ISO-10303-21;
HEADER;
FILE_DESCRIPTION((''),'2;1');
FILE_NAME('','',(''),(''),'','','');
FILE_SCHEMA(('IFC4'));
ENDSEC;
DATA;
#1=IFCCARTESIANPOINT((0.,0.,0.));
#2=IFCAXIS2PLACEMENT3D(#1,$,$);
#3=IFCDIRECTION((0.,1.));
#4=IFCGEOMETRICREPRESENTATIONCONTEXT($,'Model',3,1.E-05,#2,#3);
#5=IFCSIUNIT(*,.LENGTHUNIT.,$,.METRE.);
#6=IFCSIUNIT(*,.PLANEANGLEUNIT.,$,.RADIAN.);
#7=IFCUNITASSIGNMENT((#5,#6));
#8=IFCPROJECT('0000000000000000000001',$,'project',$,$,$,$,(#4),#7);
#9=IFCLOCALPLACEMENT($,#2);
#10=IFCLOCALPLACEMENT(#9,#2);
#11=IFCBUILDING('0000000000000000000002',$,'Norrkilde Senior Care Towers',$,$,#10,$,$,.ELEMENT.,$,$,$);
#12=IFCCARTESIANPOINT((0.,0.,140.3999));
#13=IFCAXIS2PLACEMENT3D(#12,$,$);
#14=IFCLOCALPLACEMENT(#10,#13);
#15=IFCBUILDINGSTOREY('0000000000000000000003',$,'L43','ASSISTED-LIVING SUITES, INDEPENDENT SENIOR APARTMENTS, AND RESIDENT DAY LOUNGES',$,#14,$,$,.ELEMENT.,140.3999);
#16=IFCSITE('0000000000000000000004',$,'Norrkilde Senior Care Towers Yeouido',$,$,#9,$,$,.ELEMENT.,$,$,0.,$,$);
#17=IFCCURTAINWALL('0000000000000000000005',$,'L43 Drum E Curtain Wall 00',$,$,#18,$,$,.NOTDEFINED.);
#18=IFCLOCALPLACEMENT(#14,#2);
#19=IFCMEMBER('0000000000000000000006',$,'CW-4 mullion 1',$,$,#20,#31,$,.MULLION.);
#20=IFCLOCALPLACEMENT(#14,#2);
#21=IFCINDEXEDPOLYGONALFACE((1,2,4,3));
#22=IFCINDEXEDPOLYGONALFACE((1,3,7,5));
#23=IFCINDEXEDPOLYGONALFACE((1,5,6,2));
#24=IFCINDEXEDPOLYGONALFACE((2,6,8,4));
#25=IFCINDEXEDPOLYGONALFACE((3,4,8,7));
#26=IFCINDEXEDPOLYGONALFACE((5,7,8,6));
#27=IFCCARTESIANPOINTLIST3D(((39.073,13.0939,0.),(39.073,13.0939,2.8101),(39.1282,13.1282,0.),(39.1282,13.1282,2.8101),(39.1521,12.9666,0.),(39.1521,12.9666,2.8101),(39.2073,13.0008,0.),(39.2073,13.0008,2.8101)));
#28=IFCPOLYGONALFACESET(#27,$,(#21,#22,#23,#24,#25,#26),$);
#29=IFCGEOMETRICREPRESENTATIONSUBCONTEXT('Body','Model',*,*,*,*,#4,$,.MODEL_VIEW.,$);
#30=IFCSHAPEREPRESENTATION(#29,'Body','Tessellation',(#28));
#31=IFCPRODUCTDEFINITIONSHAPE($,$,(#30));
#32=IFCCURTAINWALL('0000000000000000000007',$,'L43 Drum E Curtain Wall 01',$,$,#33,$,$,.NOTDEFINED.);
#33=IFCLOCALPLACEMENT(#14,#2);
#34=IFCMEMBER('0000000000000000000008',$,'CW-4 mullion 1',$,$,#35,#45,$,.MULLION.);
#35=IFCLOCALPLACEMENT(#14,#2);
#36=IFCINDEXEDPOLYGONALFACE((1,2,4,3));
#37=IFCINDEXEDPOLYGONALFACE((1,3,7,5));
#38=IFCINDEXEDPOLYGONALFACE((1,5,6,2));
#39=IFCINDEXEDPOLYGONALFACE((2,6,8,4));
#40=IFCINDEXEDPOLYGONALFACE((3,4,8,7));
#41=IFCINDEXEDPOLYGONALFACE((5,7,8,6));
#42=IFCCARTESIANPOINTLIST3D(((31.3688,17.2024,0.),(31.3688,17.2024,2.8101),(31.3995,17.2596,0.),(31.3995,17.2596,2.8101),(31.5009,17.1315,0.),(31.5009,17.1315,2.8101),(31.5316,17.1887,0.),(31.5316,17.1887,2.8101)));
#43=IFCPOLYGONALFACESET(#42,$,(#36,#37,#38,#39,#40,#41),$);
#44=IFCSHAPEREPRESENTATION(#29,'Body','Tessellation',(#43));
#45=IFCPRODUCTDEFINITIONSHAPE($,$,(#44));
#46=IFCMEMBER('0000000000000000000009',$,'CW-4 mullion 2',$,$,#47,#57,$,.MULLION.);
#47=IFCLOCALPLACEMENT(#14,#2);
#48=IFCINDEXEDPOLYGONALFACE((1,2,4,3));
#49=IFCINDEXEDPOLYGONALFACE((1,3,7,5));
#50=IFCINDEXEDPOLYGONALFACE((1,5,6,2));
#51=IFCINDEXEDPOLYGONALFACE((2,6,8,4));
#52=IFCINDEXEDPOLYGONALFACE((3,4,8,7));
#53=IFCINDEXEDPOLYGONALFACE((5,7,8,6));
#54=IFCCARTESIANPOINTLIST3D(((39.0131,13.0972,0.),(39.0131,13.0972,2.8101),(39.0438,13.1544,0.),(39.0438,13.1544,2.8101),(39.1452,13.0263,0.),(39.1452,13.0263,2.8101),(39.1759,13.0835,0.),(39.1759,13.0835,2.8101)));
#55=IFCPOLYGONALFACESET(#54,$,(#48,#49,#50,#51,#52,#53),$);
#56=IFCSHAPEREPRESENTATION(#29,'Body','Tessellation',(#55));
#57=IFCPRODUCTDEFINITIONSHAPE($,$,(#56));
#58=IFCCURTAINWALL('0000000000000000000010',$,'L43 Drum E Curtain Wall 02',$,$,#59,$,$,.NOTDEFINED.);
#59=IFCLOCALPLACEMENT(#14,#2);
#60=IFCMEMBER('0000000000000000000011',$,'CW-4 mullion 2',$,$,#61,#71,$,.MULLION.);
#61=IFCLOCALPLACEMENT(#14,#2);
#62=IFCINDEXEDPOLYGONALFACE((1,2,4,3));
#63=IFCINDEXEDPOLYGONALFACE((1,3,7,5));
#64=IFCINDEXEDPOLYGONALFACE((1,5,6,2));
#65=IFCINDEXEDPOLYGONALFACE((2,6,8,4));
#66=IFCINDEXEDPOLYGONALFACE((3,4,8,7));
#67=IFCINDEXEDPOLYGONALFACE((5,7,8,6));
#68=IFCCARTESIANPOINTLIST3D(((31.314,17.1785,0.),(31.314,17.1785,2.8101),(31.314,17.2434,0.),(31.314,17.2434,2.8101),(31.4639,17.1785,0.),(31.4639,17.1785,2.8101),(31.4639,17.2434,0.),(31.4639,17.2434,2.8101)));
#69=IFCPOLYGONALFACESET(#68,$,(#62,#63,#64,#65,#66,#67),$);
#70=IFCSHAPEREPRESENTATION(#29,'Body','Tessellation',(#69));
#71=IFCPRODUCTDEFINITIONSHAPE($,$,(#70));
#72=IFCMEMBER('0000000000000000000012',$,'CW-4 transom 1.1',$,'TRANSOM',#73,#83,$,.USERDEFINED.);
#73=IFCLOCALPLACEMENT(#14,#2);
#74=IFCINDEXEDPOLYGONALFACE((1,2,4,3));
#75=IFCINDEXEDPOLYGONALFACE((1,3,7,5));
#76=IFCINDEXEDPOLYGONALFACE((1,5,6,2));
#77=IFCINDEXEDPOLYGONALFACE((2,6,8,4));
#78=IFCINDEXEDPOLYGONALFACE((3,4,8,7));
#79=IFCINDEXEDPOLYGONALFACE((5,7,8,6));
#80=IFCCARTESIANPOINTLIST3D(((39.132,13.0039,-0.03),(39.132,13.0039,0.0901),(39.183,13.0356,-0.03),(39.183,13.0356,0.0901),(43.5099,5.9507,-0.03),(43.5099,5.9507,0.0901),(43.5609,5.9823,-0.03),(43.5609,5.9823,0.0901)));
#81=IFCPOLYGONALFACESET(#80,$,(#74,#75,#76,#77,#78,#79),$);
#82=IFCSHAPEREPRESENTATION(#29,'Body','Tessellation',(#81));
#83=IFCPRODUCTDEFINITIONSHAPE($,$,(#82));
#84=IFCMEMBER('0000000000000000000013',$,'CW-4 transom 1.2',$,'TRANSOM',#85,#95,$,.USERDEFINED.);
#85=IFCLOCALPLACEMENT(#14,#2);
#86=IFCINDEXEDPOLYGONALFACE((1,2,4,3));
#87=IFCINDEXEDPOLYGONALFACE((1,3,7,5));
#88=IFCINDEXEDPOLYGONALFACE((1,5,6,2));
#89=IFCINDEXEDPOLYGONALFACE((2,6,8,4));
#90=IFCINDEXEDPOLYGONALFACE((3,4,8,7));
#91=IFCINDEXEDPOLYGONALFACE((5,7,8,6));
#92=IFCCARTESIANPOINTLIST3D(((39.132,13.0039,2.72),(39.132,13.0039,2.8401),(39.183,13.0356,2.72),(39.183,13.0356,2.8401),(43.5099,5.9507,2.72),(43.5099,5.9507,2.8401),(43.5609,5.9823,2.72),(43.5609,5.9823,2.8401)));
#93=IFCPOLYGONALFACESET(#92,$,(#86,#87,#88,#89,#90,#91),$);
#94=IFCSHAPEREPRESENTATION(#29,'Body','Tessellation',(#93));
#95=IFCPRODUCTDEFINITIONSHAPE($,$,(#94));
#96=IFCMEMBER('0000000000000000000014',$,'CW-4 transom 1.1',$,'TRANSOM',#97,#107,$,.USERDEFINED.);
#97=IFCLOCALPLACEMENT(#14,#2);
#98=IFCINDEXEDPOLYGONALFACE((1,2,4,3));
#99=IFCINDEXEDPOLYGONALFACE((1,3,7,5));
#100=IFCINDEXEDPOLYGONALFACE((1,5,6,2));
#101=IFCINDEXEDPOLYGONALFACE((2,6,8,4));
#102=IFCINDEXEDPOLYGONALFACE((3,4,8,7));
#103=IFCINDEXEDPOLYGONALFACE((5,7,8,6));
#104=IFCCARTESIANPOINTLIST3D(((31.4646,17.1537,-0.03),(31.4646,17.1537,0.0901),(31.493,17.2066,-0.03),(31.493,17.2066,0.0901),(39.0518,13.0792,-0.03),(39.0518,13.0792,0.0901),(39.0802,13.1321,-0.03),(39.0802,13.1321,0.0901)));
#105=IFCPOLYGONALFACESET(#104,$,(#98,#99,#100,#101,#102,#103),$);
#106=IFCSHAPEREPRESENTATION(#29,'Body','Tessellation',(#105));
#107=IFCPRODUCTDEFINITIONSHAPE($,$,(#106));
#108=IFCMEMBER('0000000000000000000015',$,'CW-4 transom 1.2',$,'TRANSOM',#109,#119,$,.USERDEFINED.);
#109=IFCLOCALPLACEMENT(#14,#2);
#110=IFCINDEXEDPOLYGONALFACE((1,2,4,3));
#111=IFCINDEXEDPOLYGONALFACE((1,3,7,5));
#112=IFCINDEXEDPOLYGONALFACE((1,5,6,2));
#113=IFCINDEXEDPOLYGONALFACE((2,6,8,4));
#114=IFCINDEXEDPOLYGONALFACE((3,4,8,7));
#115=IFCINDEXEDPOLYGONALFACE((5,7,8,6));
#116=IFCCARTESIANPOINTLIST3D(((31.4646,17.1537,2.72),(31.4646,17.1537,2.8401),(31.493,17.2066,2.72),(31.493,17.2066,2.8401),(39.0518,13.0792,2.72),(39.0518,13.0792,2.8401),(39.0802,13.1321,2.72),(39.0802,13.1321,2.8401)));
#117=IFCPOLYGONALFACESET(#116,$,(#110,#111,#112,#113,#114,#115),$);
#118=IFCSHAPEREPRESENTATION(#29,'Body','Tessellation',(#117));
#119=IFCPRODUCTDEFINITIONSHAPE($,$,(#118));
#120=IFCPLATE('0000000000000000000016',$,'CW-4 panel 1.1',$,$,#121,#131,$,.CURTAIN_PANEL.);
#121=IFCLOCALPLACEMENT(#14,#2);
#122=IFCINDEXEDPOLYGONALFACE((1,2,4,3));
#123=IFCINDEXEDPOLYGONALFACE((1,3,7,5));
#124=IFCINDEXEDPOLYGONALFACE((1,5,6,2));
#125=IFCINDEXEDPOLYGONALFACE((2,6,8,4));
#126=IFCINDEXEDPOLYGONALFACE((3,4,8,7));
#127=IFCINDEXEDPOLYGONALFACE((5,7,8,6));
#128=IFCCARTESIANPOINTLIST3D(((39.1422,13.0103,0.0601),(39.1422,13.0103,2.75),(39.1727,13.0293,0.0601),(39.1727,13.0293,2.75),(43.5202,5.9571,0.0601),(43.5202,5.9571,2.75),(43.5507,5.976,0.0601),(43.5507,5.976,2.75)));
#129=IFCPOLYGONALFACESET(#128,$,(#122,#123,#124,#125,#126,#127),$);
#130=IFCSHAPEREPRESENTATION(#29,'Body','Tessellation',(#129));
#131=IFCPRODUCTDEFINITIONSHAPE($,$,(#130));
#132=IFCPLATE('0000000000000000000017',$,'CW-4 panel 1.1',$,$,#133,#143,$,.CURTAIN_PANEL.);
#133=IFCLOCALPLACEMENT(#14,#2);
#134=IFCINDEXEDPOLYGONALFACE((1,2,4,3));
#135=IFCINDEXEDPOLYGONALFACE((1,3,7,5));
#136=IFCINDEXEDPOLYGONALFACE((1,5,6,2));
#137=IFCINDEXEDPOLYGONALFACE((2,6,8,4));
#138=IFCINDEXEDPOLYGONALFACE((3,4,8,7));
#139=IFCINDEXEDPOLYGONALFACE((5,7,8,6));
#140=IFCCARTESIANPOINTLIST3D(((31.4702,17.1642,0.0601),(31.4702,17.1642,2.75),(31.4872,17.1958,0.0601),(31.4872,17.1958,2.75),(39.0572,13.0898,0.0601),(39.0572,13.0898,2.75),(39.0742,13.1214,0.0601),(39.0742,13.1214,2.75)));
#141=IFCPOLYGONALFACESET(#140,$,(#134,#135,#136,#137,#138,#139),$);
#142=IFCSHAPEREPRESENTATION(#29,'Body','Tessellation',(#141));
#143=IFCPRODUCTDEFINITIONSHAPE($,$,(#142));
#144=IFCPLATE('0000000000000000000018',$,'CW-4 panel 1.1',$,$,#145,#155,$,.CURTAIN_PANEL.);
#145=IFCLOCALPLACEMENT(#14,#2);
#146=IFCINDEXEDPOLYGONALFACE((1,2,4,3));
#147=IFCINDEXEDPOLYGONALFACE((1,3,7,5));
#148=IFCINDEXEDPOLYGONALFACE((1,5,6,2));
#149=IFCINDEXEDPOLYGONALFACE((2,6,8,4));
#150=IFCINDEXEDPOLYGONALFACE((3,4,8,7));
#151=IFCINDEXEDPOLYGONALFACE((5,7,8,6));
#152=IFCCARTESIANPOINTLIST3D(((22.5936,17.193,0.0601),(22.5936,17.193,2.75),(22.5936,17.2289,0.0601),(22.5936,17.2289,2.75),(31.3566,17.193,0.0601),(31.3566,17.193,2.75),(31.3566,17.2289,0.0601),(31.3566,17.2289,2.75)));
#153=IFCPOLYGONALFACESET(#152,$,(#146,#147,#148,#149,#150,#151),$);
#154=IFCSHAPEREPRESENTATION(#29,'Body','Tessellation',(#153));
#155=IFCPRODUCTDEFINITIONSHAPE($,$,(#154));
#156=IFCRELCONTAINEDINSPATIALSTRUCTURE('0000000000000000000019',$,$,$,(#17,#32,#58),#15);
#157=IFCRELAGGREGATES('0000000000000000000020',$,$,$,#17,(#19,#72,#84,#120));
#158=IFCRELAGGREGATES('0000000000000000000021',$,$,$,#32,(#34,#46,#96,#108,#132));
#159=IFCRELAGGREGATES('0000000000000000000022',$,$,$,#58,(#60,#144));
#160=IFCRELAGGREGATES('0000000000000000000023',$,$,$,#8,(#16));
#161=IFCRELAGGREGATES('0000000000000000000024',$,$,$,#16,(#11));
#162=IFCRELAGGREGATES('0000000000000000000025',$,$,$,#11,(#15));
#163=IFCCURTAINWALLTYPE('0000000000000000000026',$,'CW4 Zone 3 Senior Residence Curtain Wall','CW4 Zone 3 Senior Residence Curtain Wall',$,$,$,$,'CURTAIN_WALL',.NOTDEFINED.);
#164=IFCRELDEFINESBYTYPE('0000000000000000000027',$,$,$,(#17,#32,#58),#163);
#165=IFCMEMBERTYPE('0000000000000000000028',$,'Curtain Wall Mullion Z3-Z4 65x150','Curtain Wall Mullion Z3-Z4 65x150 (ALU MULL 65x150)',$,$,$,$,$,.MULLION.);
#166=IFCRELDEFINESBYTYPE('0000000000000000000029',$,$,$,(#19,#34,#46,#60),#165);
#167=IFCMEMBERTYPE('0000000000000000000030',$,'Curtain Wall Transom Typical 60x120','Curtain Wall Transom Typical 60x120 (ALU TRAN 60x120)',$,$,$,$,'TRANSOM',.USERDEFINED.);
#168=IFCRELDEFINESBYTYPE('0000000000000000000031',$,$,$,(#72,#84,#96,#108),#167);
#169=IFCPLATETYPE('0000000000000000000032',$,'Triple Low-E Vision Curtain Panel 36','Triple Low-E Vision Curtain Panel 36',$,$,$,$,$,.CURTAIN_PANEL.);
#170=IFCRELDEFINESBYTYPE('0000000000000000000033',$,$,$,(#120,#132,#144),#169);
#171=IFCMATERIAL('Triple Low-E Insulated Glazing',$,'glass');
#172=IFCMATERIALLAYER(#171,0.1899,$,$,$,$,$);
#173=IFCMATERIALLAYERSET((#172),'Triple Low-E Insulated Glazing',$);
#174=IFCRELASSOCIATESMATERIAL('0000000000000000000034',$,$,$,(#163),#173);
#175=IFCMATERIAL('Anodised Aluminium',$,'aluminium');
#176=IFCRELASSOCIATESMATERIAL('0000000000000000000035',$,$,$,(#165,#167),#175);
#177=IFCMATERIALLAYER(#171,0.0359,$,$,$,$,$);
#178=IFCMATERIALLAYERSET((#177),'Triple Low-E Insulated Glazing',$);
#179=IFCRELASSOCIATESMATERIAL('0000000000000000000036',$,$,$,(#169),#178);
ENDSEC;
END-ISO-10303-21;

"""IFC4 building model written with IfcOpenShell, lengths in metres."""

from ifc_helpers import new_model, si_unit, direction, frame, origin, origin_2d, place, context, subcontext, project, spatial, rectangle, extrude, source, transform, mapped, material, layer, layer_set, material_profile, profile_set, type_object, type_shapes, element, aggregate, save


model = new_model("IFC4")

# Units and contexts
model_context = context("Model", 3, precision=1e-05, world=origin(), true_north=direction((0.0, 1.0)))
body_context = subcontext(model_context, "Body", "Model", "MODEL_VIEW")
ifc_project = project(units=[si_unit("LENGTHUNIT", "METRE"), si_unit("PLANEANGLEUNIT", "RADIAN")], contexts=[model_context])

# Site, building, storey
site_placement = place(None, origin())
site = spatial("IfcSite", under=ifc_project, at=site_placement, Name="Norrkilde Senior Care Towers Yeouido", CompositionType="ELEMENT", RefElevation=0.0)
building_placement = place(site_placement, origin())
building = spatial("IfcBuilding", under=site, at=building_placement, Name="Norrkilde Senior Care Towers", CompositionType="ELEMENT")
storey_placement = place(building_placement, frame((0.0, 0.0, 140.3999)))
storey = spatial("IfcBuildingStorey", under=building, at=storey_placement, Name="L43", Description="ASSISTED-LIVING SUITES, INDEPENDENT SENIOR APARTMENTS, AND RESIDENT DAY LOUNGES", CompositionType="ELEMENT", Elevation=140.3999)

# Curtain wall, member
ifc_material_1 = material(Name="Triple Low-E Insulated Glazing", Category="glass")
ifc_layer_1 = layer(ifc_material_1, 0.1899)
ifc_layer_set_1 = layer_set([ifc_layer_1], Name="Triple Low-E Insulated Glazing")
curtain_wall_type = type_object("IfcCurtainWallType", Name="CW4 Zone 3 Senior Residence Curtain Wall", Description="CW4 Zone 3 Senior Residence Curtain Wall", ElementType="CURTAIN_WALL", PredefinedType="NOTDEFINED", material=ifc_layer_set_1)
curtain_wall_1_placement = place(storey_placement, origin())
curtain_wall_1 = element("IfcCurtainWall", 1, at=curtain_wall_1_placement, inside=storey, type_object=curtain_wall_type, Name="L43 Drum E Curtain Wall 00", PredefinedType="NOTDEFINED")
ifc_material_2 = material(Name="Anodised Aluminium", Category="aluminium")
ifc_material_profile_1 = material_profile(ifc_material_2, rectangle(XDim=0.0649, YDim=0.1499, at=origin_2d()), Name="ALU MULL 65x150")
ifc_profile_set_1 = profile_set([ifc_material_profile_1], Name="Anodised Aluminium")
member_type_1 = type_object("IfcMemberType", Name="Curtain Wall Mullion Z3-Z4 65x150", Description="Curtain Wall Mullion Z3-Z4 65x150 (ALU MULL 65x150)", PredefinedType="MULLION", material=ifc_profile_set_1)
shared_shape_1 = source(origin(), body_context, "Body", "SweptSolid", [
    extrude(rectangle(XDim=0.0649, YDim=0.1499, at=origin_2d()), origin(), (0.0, 0.0, 1.0), 2.8101),
])
type_shapes(member_type_1, [shared_shape_1])
member_1_placement = place(storey_placement, frame((39.1401, 13.0474, 0.0), z_axis=(0.0, 0.0, 1.0), x_axis=(0.849634, 0.527373, 0.0)))
member_1 = element("IfcMember", 2, at=member_1_placement, type_object=member_type_1, Name="CW-4 mullion 1", PredefinedType="MULLION", context=body_context, shape_type="MappedRepresentation", body=[
    mapped(shared_shape_1, transform((0.0, 0.0, 0.0), x_axis=(1.0, 0.0, 0.0), y_axis=(0.0, 1.0, 0.0), z_axis=(0.0, 0.0, 1.0), scale=1.0)),
])

# Curtain wall, members
curtain_wall_2_placement = place(storey_placement, origin())
curtain_wall_2 = element("IfcCurtainWall", 3, at=curtain_wall_2_placement, inside=storey, type_object=curtain_wall_type, Name="L43 Drum E Curtain Wall 01", PredefinedType="NOTDEFINED")
member_2_placement = place(storey_placement, frame((31.4502, 17.1956, 0.0), z_axis=(0.0, 0.0, 1.0), x_axis=(0.473117, 0.881, 0.0)))
member_2 = element("IfcMember", 4, at=member_2_placement, type_object=member_type_1, Name="CW-4 mullion 1", PredefinedType="MULLION", context=body_context, shape_type="MappedRepresentation", body=[
    mapped(shared_shape_1, transform((0.0, 0.0, 0.0), x_axis=(1.0, 0.0, 0.0), y_axis=(0.0, 1.0, 0.0), z_axis=(0.0, 0.0, 1.0), scale=1.0)),
])
member_3_placement = place(storey_placement, frame((39.0945, 13.0903, 0.0), z_axis=(0.0, 0.0, 1.0), x_axis=(0.473117, 0.881, 0.0)))
member_3 = element("IfcMember", 5, at=member_3_placement, type_object=member_type_1, Name="CW-4 mullion 2", PredefinedType="MULLION", context=body_context, shape_type="MappedRepresentation", body=[
    mapped(shared_shape_1, transform((0.0, 0.0, 0.0), x_axis=(1.0, 0.0, 0.0), y_axis=(0.0, 1.0, 0.0), z_axis=(0.0, 0.0, 1.0), scale=1.0)),
])

# Curtain wall, member
curtain_wall_3_placement = place(storey_placement, origin())
curtain_wall_3 = element("IfcCurtainWall", 6, at=curtain_wall_3_placement, inside=storey, type_object=curtain_wall_type, Name="L43 Drum E Curtain Wall 02", PredefinedType="NOTDEFINED")
member_4_placement = place(storey_placement, frame((31.3889, 17.2109, 0.0), z_axis=(0.0, 0.0, 1.0), x_axis=(0.0, 1.0, 0.0)))
member_4 = element("IfcMember", 7, at=member_4_placement, type_object=member_type_1, Name="CW-4 mullion 2", PredefinedType="MULLION", context=body_context, shape_type="MappedRepresentation", body=[
    mapped(shared_shape_1, transform((0.0, 0.0, 0.0), x_axis=(1.0, 0.0, 0.0), y_axis=(0.0, 1.0, 0.0), z_axis=(0.0, 0.0, 1.0), scale=1.0)),
])

# Members
ifc_material_profile_2 = material_profile(ifc_material_2, rectangle(XDim=0.0601, YDim=0.1201, at=origin_2d()), Name="ALU TRAN 60x120")
ifc_profile_set_2 = profile_set([ifc_material_profile_2], Name="Anodised Aluminium")
member_type_2 = type_object("IfcMemberType", Name="Curtain Wall Transom Typical 60x120", Description="Curtain Wall Transom Typical 60x120 (ALU TRAN 60x120)", ElementType="TRANSOM", PredefinedType="USERDEFINED", material=ifc_profile_set_2)
shared_shape_2 = source(origin(), body_context, "Body", "SweptSolid", [
    extrude(rectangle(XDim=0.0601, YDim=0.1201, at=origin_2d()), origin(), (0.0, 0.0, 1.0), 8.3015),
])
member_5_placement = place(storey_placement, frame((39.1575, 13.0198, 0.03), z_axis=(0.527369, -0.849637, 0.0), x_axis=(0.849637, 0.527369, 0.0)))
member_5 = element("IfcMember", 8, at=member_5_placement, type_object=member_type_2, Name="CW-4 transom 1.1", ObjectType="TRANSOM", PredefinedType="USERDEFINED", context=body_context, shape_type="MappedRepresentation", body=[
    mapped(shared_shape_2, transform((0.0, 0.0, 0.0), x_axis=(1.0, 0.0, 0.0), y_axis=(0.0, 1.0, 0.0), z_axis=(0.0, 0.0, 1.0), scale=1.0)),
])
member_6_placement = place(storey_placement, frame((39.1575, 13.0198, 2.78), z_axis=(0.527369, -0.849637, 0.0), x_axis=(0.849637, 0.527369, 0.0)))
member_6 = element("IfcMember", 9, at=member_6_placement, type_object=member_type_2, Name="CW-4 transom 1.2", ObjectType="TRANSOM", PredefinedType="USERDEFINED", context=body_context, shape_type="MappedRepresentation", body=[
    mapped(shared_shape_2, transform((0.0, 0.0, 0.0), x_axis=(1.0, 0.0, 0.0), y_axis=(0.0, 1.0, 0.0), z_axis=(0.0, 0.0, 1.0), scale=1.0)),
])
shared_shape_3 = source(origin(), body_context, "Body", "SweptSolid", [
    extrude(rectangle(XDim=0.0601, YDim=0.1201, at=origin_2d()), origin(), (0.0, 0.0, 1.0), 8.6121),
])
type_shapes(member_type_2, [shared_shape_2, shared_shape_3])
member_7_placement = place(storey_placement, frame((31.4788, 17.1802, 0.03), z_axis=(0.881, -0.473116, 0.0), x_axis=(0.473116, 0.881, 0.0)))
member_7 = element("IfcMember", 10, at=member_7_placement, type_object=member_type_2, Name="CW-4 transom 1.1", ObjectType="TRANSOM", PredefinedType="USERDEFINED", context=body_context, shape_type="MappedRepresentation", body=[
    mapped(shared_shape_3, transform((0.0, 0.0, 0.0), x_axis=(1.0, 0.0, 0.0), y_axis=(0.0, 1.0, 0.0), z_axis=(0.0, 0.0, 1.0), scale=1.0)),
])
member_8_placement = place(storey_placement, frame((31.4788, 17.1802, 2.78), z_axis=(0.881, -0.473116, 0.0), x_axis=(0.473116, 0.881, 0.0)))
member_8 = element("IfcMember", 11, at=member_8_placement, type_object=member_type_2, Name="CW-4 transom 1.2", ObjectType="TRANSOM", PredefinedType="USERDEFINED", context=body_context, shape_type="MappedRepresentation", body=[
    mapped(shared_shape_3, transform((0.0, 0.0, 0.0), x_axis=(1.0, 0.0, 0.0), y_axis=(0.0, 1.0, 0.0), z_axis=(0.0, 0.0, 1.0), scale=1.0)),
])

# Plates
ifc_layer_2 = layer(ifc_material_1, 0.0359)
ifc_layer_set_2 = layer_set([ifc_layer_2], Name="Triple Low-E Insulated Glazing")
plate_type = type_object("IfcPlateType", Name="Triple Low-E Vision Curtain Panel 36", Description="Triple Low-E Vision Curtain Panel 36", PredefinedType="CURTAIN_PANEL", material=ifc_layer_set_2)
shared_shape_4 = source(origin(), body_context, "Body", "SweptSolid", [
    extrude(rectangle(XDim=8.3015, YDim=0.0359, at=origin_2d()), origin(), (0.0, 0.0, 1.0), 2.6899),
])
plate_1_placement = place(storey_placement, frame((41.3464, 9.4932, 0.0601), z_axis=(0.0, 0.0, 1.0), x_axis=(0.527373, -0.849634, 0.0)))
plate_1 = element("IfcPlate", 12, at=plate_1_placement, type_object=plate_type, Name="CW-4 panel 1.1", PredefinedType="CURTAIN_PANEL", context=body_context, shape_type="MappedRepresentation", body=[
    mapped(shared_shape_4, transform((0.0, 0.0, 0.0), x_axis=(1.0, 0.0, 0.0), y_axis=(0.0, 1.0, 0.0), z_axis=(0.0, 0.0, 1.0), scale=1.0)),
])
aggregate(curtain_wall_1, [member_1, member_5, member_6, plate_1])
shared_shape_5 = source(origin(), body_context, "Body", "SweptSolid", [
    extrude(rectangle(XDim=8.6118, YDim=0.0359, at=origin_2d()), origin(), (0.0, 0.0, 1.0), 2.6899),
])
plate_2_placement = place(storey_placement, frame((35.2722, 15.1428, 0.0601), z_axis=(0.0, 0.0, 1.0), x_axis=(0.881, -0.473117, 0.0)))
plate_2 = element("IfcPlate", 13, at=plate_2_placement, type_object=plate_type, Name="CW-4 panel 1.1", PredefinedType="CURTAIN_PANEL", context=body_context, shape_type="MappedRepresentation", body=[
    mapped(shared_shape_5, transform((0.0, 0.0, 0.0), x_axis=(1.0, 0.0, 0.0), y_axis=(0.0, 1.0, 0.0), z_axis=(0.0, 0.0, 1.0), scale=1.0)),
])
aggregate(curtain_wall_2, [member_2, member_3, member_7, member_8, plate_2])
shared_shape_6 = source(origin(), body_context, "Body", "SweptSolid", [
    extrude(rectangle(XDim=8.7629, YDim=0.0359, at=origin_2d()), origin(), (0.0, 0.0, 1.0), 2.6899),
])
type_shapes(plate_type, [shared_shape_4, shared_shape_5, shared_shape_6])
plate_3_placement = place(storey_placement, frame((26.9751, 17.2109, 0.0601), z_axis=(0.0, 0.0, 1.0), x_axis=(1.0, 0.0, 0.0)))
plate_3 = element("IfcPlate", 14, at=plate_3_placement, type_object=plate_type, Name="CW-4 panel 1.1", PredefinedType="CURTAIN_PANEL", context=body_context, shape_type="MappedRepresentation", body=[
    mapped(shared_shape_6, transform((0.0, 0.0, 0.0), x_axis=(1.0, 0.0, 0.0), y_axis=(0.0, 1.0, 0.0), z_axis=(0.0, 0.0, 1.0), scale=1.0)),
])
aggregate(curtain_wall_3, [member_4, plate_3])

save(model, "model.ifc")
